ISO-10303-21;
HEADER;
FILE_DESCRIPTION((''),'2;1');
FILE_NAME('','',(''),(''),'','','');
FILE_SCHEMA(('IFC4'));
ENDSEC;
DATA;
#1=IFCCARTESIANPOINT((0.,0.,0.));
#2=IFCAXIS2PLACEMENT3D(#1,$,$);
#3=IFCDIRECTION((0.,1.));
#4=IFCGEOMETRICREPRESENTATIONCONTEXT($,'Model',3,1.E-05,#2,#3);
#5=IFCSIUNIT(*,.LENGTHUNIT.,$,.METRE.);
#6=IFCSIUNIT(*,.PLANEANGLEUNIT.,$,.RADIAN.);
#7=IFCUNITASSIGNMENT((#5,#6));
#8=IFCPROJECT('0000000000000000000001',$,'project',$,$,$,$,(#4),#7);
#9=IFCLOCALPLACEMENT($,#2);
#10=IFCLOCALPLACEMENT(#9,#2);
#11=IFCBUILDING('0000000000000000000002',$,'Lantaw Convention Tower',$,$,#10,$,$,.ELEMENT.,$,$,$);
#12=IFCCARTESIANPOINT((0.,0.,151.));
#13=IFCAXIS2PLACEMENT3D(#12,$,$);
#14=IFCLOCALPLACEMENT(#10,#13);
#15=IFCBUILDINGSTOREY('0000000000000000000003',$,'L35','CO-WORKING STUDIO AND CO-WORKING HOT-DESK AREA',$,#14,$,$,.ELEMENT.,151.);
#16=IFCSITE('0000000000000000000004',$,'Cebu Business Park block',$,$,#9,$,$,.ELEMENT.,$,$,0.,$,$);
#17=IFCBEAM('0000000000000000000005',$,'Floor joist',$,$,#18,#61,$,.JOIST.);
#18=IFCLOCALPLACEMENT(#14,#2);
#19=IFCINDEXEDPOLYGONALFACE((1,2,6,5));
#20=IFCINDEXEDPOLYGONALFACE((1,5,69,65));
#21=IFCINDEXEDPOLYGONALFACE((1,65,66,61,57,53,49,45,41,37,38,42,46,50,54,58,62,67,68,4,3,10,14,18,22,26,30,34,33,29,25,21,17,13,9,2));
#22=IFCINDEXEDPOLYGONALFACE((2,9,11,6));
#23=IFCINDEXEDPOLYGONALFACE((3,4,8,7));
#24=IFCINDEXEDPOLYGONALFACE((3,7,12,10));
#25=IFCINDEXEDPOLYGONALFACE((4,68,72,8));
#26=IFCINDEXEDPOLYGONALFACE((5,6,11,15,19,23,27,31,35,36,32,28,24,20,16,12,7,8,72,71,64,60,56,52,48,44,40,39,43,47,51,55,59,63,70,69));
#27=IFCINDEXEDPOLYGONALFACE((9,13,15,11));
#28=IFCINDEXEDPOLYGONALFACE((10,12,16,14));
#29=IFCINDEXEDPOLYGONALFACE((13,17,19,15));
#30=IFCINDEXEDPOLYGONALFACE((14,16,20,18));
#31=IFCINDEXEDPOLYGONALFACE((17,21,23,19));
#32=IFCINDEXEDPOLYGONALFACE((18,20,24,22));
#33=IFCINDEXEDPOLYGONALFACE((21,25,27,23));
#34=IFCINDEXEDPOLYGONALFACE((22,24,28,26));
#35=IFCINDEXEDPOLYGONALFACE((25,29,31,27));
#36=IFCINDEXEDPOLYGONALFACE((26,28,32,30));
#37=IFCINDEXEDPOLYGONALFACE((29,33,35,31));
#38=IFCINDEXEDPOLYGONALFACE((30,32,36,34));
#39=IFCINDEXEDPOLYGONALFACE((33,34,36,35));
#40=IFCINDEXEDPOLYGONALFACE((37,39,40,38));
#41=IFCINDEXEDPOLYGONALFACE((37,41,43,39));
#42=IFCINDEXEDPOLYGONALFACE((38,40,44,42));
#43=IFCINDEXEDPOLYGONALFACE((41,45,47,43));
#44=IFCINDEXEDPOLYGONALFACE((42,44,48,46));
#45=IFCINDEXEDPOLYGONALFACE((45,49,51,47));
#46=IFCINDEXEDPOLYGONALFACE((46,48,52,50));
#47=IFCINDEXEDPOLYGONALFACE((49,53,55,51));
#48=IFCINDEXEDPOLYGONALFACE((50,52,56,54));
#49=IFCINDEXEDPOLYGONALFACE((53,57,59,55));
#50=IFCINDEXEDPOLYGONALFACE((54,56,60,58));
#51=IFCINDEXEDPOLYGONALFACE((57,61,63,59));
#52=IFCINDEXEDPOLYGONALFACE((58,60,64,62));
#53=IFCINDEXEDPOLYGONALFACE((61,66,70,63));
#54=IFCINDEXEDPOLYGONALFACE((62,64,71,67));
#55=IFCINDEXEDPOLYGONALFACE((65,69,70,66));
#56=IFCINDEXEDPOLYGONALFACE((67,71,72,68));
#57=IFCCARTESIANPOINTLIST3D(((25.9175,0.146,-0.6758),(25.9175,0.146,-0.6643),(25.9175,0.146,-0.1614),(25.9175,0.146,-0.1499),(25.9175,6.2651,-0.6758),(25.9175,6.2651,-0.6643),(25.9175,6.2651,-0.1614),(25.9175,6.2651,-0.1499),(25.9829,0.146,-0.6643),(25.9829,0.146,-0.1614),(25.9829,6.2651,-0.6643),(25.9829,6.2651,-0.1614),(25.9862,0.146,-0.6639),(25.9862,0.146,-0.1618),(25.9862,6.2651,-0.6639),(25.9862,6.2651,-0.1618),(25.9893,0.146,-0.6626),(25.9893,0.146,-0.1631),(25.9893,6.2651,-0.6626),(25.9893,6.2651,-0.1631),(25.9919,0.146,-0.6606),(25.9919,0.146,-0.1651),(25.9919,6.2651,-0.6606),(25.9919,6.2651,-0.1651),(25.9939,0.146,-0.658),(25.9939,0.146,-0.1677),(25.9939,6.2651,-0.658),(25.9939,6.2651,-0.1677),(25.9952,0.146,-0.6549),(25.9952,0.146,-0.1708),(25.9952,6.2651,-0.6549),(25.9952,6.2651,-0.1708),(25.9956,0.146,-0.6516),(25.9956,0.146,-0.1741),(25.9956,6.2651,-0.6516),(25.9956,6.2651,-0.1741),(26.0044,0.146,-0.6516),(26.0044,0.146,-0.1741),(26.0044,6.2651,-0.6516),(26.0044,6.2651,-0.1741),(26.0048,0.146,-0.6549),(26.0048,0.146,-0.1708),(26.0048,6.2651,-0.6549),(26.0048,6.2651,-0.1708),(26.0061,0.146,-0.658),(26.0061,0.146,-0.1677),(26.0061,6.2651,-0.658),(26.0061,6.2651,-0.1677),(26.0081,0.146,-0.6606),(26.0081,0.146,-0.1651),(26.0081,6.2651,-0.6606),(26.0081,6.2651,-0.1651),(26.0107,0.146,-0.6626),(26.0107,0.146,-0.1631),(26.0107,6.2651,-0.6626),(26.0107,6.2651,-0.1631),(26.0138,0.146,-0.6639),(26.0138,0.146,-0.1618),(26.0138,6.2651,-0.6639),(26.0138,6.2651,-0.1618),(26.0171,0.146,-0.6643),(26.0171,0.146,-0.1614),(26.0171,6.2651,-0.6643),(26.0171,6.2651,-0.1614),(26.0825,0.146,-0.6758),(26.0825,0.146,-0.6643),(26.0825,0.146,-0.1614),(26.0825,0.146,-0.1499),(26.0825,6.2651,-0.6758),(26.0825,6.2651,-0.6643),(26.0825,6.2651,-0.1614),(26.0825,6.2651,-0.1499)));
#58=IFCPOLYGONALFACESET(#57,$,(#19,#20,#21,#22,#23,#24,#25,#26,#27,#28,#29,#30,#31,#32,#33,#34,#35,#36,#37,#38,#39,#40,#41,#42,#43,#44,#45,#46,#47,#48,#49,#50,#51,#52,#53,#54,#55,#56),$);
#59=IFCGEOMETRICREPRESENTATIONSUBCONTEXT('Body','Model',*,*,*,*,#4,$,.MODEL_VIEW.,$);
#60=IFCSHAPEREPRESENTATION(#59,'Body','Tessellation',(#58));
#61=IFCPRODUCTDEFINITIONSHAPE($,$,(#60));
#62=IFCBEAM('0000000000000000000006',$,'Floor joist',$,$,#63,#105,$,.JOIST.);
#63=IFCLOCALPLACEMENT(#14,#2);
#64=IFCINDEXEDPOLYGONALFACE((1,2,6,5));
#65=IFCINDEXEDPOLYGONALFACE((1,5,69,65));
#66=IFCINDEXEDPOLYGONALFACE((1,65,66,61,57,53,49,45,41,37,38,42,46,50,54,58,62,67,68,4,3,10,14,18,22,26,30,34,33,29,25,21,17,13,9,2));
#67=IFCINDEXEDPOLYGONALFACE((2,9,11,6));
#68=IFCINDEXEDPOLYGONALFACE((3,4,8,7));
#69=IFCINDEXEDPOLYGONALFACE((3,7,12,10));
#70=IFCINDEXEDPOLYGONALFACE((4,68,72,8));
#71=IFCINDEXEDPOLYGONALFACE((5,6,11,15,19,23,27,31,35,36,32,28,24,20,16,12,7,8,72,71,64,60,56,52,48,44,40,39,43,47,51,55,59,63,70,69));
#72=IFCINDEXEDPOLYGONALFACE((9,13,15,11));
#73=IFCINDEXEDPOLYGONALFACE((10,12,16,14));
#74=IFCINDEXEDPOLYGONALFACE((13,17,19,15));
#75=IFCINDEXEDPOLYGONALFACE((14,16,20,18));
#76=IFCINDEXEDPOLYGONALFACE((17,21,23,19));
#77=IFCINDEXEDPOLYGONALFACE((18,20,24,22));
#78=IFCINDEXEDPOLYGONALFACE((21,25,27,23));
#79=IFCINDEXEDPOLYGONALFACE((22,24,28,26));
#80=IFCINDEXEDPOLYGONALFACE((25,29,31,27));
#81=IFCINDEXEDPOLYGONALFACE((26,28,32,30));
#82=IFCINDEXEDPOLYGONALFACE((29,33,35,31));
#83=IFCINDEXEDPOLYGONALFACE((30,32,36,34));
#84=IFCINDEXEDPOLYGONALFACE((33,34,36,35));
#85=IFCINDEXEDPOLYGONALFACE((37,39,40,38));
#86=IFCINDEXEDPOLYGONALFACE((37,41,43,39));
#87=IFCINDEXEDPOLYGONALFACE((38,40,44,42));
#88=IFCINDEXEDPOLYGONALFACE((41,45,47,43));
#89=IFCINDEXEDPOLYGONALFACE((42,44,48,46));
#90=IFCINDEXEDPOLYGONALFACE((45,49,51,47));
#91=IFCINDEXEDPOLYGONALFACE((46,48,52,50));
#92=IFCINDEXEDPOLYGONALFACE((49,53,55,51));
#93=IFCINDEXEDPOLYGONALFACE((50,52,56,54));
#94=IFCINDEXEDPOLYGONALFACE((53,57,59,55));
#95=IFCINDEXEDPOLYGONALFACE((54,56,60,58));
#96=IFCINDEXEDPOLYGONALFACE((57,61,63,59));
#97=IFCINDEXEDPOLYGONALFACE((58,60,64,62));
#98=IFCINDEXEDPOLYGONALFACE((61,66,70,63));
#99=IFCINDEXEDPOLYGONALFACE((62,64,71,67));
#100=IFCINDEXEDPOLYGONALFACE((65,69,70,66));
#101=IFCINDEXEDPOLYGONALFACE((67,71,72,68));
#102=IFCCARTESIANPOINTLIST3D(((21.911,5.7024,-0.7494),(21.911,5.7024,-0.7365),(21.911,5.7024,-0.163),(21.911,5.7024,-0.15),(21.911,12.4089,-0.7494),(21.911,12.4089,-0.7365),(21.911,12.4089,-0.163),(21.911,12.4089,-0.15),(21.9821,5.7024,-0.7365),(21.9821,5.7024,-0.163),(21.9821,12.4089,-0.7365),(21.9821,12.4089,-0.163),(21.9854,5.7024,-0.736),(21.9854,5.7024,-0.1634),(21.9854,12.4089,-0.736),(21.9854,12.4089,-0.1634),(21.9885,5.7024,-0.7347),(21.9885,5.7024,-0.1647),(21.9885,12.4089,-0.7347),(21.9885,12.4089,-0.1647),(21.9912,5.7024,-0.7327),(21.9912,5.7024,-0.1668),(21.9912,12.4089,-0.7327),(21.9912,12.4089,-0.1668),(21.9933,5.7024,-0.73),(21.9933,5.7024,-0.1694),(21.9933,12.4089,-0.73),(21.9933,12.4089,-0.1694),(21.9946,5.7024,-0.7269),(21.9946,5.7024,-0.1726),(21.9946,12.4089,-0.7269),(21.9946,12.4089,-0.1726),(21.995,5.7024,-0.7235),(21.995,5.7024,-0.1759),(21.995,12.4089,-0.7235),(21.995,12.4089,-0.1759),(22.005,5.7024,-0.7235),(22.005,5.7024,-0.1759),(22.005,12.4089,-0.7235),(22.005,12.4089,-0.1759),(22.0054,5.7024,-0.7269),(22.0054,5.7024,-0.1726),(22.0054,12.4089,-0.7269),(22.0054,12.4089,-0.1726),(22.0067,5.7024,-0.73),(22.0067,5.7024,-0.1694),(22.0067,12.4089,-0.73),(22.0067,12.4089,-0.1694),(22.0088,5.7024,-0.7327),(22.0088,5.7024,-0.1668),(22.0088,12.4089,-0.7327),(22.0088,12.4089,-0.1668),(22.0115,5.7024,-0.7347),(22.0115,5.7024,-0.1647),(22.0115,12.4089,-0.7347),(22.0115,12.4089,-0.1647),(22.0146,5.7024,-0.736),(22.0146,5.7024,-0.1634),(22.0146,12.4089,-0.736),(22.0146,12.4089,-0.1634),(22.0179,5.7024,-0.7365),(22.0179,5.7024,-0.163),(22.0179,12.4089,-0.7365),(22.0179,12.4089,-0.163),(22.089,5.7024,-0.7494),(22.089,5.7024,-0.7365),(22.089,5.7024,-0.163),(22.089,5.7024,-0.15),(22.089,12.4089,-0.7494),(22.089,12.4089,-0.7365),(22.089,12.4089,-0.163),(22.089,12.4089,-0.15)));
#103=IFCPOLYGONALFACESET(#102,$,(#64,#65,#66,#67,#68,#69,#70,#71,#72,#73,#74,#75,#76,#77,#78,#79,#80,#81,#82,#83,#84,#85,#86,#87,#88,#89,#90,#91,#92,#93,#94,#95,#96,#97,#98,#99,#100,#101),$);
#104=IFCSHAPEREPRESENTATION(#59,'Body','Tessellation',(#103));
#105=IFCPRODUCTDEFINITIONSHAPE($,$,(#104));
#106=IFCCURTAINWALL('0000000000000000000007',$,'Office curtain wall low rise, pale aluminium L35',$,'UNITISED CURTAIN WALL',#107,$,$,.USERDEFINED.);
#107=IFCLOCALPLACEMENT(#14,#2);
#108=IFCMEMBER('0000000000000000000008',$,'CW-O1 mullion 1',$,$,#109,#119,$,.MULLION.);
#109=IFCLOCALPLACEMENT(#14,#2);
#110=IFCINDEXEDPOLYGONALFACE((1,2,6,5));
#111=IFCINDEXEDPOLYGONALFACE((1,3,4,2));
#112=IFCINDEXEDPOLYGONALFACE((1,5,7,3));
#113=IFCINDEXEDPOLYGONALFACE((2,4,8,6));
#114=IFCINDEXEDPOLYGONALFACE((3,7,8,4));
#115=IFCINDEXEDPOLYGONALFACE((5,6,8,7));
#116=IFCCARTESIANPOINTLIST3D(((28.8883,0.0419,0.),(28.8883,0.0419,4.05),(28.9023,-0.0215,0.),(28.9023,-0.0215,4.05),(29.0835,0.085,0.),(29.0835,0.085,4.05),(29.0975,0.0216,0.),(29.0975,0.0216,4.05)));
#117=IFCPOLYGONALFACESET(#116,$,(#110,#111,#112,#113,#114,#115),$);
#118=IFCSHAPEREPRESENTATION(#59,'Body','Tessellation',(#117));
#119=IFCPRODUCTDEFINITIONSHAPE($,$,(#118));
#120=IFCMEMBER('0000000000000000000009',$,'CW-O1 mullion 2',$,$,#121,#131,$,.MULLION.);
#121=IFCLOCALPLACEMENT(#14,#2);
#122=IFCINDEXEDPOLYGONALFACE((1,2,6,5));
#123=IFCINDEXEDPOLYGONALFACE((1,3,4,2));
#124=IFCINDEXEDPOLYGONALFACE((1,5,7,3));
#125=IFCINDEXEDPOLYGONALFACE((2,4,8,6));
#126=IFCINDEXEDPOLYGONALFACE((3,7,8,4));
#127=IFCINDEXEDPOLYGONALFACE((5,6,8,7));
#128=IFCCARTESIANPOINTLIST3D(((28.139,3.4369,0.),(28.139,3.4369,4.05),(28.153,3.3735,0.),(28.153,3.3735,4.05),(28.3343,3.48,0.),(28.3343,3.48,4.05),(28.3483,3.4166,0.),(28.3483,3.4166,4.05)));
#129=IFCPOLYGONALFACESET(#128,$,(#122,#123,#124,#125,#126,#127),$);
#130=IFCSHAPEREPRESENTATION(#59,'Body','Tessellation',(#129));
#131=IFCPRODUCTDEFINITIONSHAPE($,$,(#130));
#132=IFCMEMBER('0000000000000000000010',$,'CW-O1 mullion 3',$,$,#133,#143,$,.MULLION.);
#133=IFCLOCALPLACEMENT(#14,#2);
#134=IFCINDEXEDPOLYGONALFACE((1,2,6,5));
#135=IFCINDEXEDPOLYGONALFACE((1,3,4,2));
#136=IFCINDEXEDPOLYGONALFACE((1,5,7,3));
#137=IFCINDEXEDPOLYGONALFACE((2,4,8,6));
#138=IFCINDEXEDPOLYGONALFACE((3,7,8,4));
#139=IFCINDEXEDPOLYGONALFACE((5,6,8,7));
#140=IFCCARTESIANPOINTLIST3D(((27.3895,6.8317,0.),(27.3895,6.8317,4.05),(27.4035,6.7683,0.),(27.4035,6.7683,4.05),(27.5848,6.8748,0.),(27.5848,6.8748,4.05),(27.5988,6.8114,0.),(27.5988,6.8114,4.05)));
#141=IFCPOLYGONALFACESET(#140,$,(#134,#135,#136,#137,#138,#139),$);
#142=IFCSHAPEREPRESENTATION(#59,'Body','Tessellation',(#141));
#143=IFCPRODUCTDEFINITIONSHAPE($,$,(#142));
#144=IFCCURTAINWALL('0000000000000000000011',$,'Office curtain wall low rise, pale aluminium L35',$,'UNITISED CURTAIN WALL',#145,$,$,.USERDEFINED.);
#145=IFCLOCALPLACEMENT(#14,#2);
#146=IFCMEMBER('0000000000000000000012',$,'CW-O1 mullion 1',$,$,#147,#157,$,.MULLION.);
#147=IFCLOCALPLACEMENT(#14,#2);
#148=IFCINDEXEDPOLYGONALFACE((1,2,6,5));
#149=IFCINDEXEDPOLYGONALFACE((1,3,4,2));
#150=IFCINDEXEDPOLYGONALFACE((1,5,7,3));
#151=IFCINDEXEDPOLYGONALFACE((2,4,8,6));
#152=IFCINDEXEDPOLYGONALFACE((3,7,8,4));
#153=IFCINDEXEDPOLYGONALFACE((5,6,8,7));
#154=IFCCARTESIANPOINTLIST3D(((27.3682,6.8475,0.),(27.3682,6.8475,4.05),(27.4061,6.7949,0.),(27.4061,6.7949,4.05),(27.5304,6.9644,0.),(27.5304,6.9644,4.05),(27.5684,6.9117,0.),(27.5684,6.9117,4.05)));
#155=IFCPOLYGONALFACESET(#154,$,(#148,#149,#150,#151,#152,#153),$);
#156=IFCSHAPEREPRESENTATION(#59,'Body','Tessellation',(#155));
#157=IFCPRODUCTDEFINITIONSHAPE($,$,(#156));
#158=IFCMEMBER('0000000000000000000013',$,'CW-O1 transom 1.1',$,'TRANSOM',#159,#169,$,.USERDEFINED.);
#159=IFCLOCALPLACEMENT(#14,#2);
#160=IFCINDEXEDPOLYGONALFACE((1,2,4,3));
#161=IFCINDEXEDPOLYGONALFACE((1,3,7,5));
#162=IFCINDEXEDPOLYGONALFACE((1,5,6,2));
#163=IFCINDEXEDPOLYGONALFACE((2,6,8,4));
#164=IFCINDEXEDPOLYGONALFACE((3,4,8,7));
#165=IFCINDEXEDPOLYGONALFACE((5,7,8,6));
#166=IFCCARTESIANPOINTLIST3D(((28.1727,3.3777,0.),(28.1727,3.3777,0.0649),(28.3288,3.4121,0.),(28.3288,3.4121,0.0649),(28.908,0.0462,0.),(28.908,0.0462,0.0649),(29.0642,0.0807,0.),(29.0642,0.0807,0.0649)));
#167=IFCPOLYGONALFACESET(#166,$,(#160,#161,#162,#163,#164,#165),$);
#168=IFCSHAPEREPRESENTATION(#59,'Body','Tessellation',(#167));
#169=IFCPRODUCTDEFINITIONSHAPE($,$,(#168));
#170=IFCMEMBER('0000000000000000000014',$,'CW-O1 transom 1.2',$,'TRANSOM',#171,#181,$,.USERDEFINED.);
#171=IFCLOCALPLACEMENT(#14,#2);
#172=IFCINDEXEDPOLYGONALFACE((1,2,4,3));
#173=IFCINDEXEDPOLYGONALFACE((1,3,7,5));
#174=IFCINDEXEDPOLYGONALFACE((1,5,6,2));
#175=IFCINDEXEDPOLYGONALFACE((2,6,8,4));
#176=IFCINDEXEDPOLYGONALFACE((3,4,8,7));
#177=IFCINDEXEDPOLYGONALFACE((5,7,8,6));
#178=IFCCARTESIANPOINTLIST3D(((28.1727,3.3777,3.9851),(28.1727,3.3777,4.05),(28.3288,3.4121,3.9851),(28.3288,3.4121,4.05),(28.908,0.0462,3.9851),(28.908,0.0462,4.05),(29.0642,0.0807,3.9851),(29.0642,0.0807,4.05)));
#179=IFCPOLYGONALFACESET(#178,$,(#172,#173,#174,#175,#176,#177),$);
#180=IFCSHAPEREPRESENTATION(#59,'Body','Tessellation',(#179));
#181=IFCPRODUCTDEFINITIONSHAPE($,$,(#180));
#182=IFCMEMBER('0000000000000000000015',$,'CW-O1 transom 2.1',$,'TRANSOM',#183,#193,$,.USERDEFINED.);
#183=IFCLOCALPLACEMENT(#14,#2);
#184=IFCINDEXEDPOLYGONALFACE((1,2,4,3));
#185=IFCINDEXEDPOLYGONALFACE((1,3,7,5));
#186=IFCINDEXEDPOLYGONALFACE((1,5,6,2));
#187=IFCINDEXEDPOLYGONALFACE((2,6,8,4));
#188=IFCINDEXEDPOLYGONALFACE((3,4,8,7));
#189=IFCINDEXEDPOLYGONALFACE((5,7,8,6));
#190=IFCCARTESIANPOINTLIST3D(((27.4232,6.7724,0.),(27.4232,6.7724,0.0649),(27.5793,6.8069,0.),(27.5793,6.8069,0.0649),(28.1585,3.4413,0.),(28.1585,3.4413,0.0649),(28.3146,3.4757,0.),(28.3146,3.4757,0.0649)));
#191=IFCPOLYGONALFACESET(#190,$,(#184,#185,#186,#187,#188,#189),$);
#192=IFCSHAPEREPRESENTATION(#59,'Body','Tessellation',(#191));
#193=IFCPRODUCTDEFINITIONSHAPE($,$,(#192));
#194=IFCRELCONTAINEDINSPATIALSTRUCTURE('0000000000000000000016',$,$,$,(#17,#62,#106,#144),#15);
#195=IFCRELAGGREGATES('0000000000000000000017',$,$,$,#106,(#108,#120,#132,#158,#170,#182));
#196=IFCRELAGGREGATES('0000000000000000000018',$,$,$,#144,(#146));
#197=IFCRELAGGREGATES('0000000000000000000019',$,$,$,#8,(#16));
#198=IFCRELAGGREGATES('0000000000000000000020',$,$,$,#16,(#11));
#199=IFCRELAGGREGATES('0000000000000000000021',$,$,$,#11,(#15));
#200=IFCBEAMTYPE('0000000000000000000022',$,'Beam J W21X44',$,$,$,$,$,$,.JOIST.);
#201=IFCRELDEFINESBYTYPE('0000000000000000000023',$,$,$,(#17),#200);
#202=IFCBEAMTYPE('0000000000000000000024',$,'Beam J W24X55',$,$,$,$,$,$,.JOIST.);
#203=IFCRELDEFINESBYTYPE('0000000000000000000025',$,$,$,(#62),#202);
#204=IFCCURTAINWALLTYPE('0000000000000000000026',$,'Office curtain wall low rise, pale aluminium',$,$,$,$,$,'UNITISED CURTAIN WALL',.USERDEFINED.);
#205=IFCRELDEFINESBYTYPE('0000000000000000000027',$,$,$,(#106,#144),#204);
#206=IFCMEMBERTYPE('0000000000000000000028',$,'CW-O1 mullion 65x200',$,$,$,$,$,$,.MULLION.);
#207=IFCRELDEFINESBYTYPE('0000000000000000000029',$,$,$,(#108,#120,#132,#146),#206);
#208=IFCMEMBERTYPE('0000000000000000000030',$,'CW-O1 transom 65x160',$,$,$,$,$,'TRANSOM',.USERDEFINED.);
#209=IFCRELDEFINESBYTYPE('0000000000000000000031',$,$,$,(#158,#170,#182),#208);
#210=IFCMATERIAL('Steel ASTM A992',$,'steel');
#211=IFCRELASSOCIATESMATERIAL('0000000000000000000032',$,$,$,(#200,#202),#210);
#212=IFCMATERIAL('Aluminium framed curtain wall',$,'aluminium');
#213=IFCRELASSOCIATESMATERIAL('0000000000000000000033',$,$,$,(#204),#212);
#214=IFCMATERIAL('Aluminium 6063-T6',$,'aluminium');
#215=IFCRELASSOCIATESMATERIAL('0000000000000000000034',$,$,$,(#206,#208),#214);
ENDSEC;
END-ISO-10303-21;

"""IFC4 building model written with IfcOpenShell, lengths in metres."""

from ifc_helpers import new_model, si_unit, direction, frame, origin, origin_2d, place, context, subcontext, project, spatial, rectangle, i_section, extrude, material, material_profile, profile_set, type_object, element, aggregate, save


model = new_model("IFC4")

# Units and contexts
model_context = context("Model", 3, precision=1e-05, world=origin(), true_north=direction((0.0, 1.0)))
body_context = subcontext(model_context, "Body", "Model", "MODEL_VIEW")
ifc_project = project(units=[si_unit("LENGTHUNIT", "METRE"), si_unit("PLANEANGLEUNIT", "RADIAN")], contexts=[model_context])

# Site, building, storey
site_placement = place(None, origin())
site = spatial("IfcSite", under=ifc_project, at=site_placement, Name="Cebu Business Park block", CompositionType="ELEMENT", RefElevation=0.0)
building_placement = place(site_placement, origin())
building = spatial("IfcBuilding", under=site, at=building_placement, Name="Lantaw Convention Tower", CompositionType="ELEMENT")
storey_placement = place(building_placement, frame((0.0, 0.0, 151.0)))
storey = spatial("IfcBuildingStorey", under=building, at=storey_placement, Name="L35", Description="CO-WORKING STUDIO AND CO-WORKING HOT-DESK AREA", CompositionType="ELEMENT", Elevation=151.0)

# Beams
ifc_material_1 = material(Name="Steel ASTM A992", Category="steel")
ifc_material_profile_1 = material_profile(ifc_material_1, i_section(OverallWidth=0.165, OverallDepth=0.5259, WebThickness=0.0088, FlangeThickness=0.0115, FilletRadius=0.0127, at=origin_2d()), Name="W21X44")
ifc_profile_set_1 = profile_set([ifc_material_profile_1], Name="Steel ASTM A992")
beam_type_1 = type_object("IfcBeamType", Name="Beam J W21X44", PredefinedType="JOIST", material=ifc_profile_set_1)
beam_1_placement = place(storey_placement, frame((26.0, 0.146, -0.4128), z_axis=(0.0, 1.0, 0.0), x_axis=(-1.0, 0.0, 0.0)))
element("IfcBeam", 1, at=beam_1_placement, inside=storey, type_object=beam_type_1, Name="Floor joist", PredefinedType="JOIST", context=body_context, shape_type="SweptSolid", body=[
    extrude(i_section(OverallWidth=0.165, OverallDepth=0.5259, WebThickness=0.0088, FlangeThickness=0.0115, FilletRadius=0.0127, at=origin_2d()), origin(), (0.0, 0.0, 1.0), 6.1191),
])
ifc_material_profile_2 = material_profile(ifc_material_1, i_section(OverallWidth=0.178, OverallDepth=0.5994, WebThickness=0.01, FlangeThickness=0.0129, FilletRadius=0.0129, at=origin_2d()), Name="W24X55")
ifc_profile_set_2 = profile_set([ifc_material_profile_2], Name="Steel ASTM A992")
beam_type_2 = type_object("IfcBeamType", Name="Beam J W24X55", PredefinedType="JOIST", material=ifc_profile_set_2)
beam_2_placement = place(storey_placement, frame((22.0, 5.7024, -0.4497), z_axis=(0.0, 1.0, 0.0), x_axis=(-1.0, 0.0, 0.0)))
element("IfcBeam", 2, at=beam_2_placement, inside=storey, type_object=beam_type_2, Name="Floor joist", PredefinedType="JOIST", context=body_context, shape_type="SweptSolid", body=[
    extrude(i_section(OverallWidth=0.178, OverallDepth=0.5994, WebThickness=0.01, FlangeThickness=0.0129, FilletRadius=0.0129, at=origin_2d()), origin(), (0.0, 0.0, 1.0), 6.7065),
])

# Curtain wall, members
ifc_material_2 = material(Name="Aluminium framed curtain wall", Category="aluminium")
curtain_wall_type = type_object("IfcCurtainWallType", Name="Office curtain wall low rise, pale aluminium", ElementType="UNITISED CURTAIN WALL", PredefinedType="USERDEFINED", material=ifc_material_2)
curtain_wall_1_placement = place(storey_placement, origin())
curtain_wall_1 = element("IfcCurtainWall", 3, at=curtain_wall_1_placement, inside=storey, type_object=curtain_wall_type, Name="Office curtain wall low rise, pale aluminium L35", ObjectType="UNITISED CURTAIN WALL", PredefinedType="USERDEFINED")
ifc_material_3 = material(Name="Aluminium 6063-T6", Category="aluminium")
ifc_material_profile_3 = material_profile(ifc_material_3, rectangle(XDim=0.2, YDim=0.0649, at=origin_2d()), Name="CW-O1 mullion 65x200")
ifc_profile_set_3 = profile_set([ifc_material_profile_3], Name="Aluminium 6063-T6")
member_type_1 = type_object("IfcMemberType", Name="CW-O1 mullion 65x200", PredefinedType="MULLION", material=ifc_profile_set_3)
member_1_placement = place(storey_placement, frame((28.9929, 0.0317, 0.0), z_axis=(0.0, 0.0, 1.0), x_axis=(-0.976494, -0.215546, 0.0)))
member_1 = element("IfcMember", 4, at=member_1_placement, type_object=member_type_1, Name="CW-O1 mullion 1", PredefinedType="MULLION", context=body_context, shape_type="SweptSolid", body=[
    extrude(rectangle(XDim=0.2, YDim=0.0649, at=origin_2d()), origin(), (0.0, 0.0, 1.0), 4.05),
])
member_2_placement = place(storey_placement, frame((28.2437, 3.4268, 0.0), z_axis=(0.0, 0.0, 1.0), x_axis=(-0.976494, -0.215546, 0.0)))
member_2 = element("IfcMember", 5, at=member_2_placement, type_object=member_type_1, Name="CW-O1 mullion 2", PredefinedType="MULLION", context=body_context, shape_type="SweptSolid", body=[
    extrude(rectangle(XDim=0.2, YDim=0.0649, at=origin_2d()), origin(), (0.0, 0.0, 1.0), 4.05),
])
member_3_placement = place(storey_placement, frame((27.4941, 6.8215, 0.0), z_axis=(0.0, 0.0, 1.0), x_axis=(-0.976494, -0.215546, 0.0)))
member_3 = element("IfcMember", 6, at=member_3_placement, type_object=member_type_1, Name="CW-O1 mullion 3", PredefinedType="MULLION", context=body_context, shape_type="SweptSolid", body=[
    extrude(rectangle(XDim=0.2, YDim=0.0649, at=origin_2d()), origin(), (0.0, 0.0, 1.0), 4.05),
])

# Curtain wall, member
curtain_wall_2_placement = place(storey_placement, origin())
curtain_wall_2 = element("IfcCurtainWall", 7, at=curtain_wall_2_placement, inside=storey, type_object=curtain_wall_type, Name="Office curtain wall low rise, pale aluminium L35", ObjectType="UNITISED CURTAIN WALL", PredefinedType="USERDEFINED")
member_4_placement = place(storey_placement, frame((27.4683, 6.8796, 0.0), z_axis=(0.0, 0.0, 1.0), x_axis=(-0.811385, -0.584513, 0.0)))
member_4 = element("IfcMember", 8, at=member_4_placement, type_object=member_type_1, Name="CW-O1 mullion 1", PredefinedType="MULLION", context=body_context, shape_type="SweptSolid", body=[
    extrude(rectangle(XDim=0.2, YDim=0.0649, at=origin_2d()), origin(), (0.0, 0.0, 1.0), 4.05),
])

# Members
ifc_material_profile_4 = material_profile(ifc_material_3, rectangle(XDim=0.1599, YDim=0.0649, at=origin_2d()), Name="CW-O1 transom 65x160")
ifc_profile_set_4 = profile_set([ifc_material_profile_4], Name="Aluminium 6063-T6")
member_type_2 = type_object("IfcMemberType", Name="CW-O1 transom 65x160", ElementType="TRANSOM", PredefinedType="USERDEFINED", material=ifc_profile_set_4)
member_5_placement = place(storey_placement, frame((28.9861, 0.0635, 0.0325), z_axis=(-0.215536, 0.976496, 0.0), x_axis=(-0.976496, -0.215536, 0.0)))
member_5 = element("IfcMember", 9, at=member_5_placement, type_object=member_type_2, Name="CW-O1 transom 1.1", ObjectType="TRANSOM", PredefinedType="USERDEFINED", context=body_context, shape_type="SweptSolid", body=[
    extrude(rectangle(XDim=0.1599, YDim=0.0649, at=origin_2d()), origin(), (0.0, 0.0, 1.0), 3.4116),
])
member_6_placement = place(storey_placement, frame((28.9861, 0.0635, 4.0176), z_axis=(-0.215536, 0.976496, 0.0), x_axis=(-0.976496, -0.215536, 0.0)))
member_6 = element("IfcMember", 10, at=member_6_placement, type_object=member_type_2, Name="CW-O1 transom 1.2", ObjectType="TRANSOM", PredefinedType="USERDEFINED", context=body_context, shape_type="SweptSolid", body=[
    extrude(rectangle(XDim=0.1599, YDim=0.0649, at=origin_2d()), origin(), (0.0, 0.0, 1.0), 3.4116),
])
member_7_placement = place(storey_placement, frame((28.2366, 3.4585, 0.0325), z_axis=(-0.215551, 0.976493, 0.0), x_axis=(-0.976493, -0.215551, 0.0)))
member_7 = element("IfcMember", 11, at=member_7_placement, type_object=member_type_2, Name="CW-O1 transom 2.1", ObjectType="TRANSOM", PredefinedType="USERDEFINED", context=body_context, shape_type="SweptSolid", body=[
    extrude(rectangle(XDim=0.1599, YDim=0.0649, at=origin_2d()), origin(), (0.0, 0.0, 1.0), 3.4114),
])

aggregate(curtain_wall_1, [member_1, member_2, member_3, member_5, member_6, member_7])
aggregate(curtain_wall_2, [member_4])

save(model, "model.ifc")
